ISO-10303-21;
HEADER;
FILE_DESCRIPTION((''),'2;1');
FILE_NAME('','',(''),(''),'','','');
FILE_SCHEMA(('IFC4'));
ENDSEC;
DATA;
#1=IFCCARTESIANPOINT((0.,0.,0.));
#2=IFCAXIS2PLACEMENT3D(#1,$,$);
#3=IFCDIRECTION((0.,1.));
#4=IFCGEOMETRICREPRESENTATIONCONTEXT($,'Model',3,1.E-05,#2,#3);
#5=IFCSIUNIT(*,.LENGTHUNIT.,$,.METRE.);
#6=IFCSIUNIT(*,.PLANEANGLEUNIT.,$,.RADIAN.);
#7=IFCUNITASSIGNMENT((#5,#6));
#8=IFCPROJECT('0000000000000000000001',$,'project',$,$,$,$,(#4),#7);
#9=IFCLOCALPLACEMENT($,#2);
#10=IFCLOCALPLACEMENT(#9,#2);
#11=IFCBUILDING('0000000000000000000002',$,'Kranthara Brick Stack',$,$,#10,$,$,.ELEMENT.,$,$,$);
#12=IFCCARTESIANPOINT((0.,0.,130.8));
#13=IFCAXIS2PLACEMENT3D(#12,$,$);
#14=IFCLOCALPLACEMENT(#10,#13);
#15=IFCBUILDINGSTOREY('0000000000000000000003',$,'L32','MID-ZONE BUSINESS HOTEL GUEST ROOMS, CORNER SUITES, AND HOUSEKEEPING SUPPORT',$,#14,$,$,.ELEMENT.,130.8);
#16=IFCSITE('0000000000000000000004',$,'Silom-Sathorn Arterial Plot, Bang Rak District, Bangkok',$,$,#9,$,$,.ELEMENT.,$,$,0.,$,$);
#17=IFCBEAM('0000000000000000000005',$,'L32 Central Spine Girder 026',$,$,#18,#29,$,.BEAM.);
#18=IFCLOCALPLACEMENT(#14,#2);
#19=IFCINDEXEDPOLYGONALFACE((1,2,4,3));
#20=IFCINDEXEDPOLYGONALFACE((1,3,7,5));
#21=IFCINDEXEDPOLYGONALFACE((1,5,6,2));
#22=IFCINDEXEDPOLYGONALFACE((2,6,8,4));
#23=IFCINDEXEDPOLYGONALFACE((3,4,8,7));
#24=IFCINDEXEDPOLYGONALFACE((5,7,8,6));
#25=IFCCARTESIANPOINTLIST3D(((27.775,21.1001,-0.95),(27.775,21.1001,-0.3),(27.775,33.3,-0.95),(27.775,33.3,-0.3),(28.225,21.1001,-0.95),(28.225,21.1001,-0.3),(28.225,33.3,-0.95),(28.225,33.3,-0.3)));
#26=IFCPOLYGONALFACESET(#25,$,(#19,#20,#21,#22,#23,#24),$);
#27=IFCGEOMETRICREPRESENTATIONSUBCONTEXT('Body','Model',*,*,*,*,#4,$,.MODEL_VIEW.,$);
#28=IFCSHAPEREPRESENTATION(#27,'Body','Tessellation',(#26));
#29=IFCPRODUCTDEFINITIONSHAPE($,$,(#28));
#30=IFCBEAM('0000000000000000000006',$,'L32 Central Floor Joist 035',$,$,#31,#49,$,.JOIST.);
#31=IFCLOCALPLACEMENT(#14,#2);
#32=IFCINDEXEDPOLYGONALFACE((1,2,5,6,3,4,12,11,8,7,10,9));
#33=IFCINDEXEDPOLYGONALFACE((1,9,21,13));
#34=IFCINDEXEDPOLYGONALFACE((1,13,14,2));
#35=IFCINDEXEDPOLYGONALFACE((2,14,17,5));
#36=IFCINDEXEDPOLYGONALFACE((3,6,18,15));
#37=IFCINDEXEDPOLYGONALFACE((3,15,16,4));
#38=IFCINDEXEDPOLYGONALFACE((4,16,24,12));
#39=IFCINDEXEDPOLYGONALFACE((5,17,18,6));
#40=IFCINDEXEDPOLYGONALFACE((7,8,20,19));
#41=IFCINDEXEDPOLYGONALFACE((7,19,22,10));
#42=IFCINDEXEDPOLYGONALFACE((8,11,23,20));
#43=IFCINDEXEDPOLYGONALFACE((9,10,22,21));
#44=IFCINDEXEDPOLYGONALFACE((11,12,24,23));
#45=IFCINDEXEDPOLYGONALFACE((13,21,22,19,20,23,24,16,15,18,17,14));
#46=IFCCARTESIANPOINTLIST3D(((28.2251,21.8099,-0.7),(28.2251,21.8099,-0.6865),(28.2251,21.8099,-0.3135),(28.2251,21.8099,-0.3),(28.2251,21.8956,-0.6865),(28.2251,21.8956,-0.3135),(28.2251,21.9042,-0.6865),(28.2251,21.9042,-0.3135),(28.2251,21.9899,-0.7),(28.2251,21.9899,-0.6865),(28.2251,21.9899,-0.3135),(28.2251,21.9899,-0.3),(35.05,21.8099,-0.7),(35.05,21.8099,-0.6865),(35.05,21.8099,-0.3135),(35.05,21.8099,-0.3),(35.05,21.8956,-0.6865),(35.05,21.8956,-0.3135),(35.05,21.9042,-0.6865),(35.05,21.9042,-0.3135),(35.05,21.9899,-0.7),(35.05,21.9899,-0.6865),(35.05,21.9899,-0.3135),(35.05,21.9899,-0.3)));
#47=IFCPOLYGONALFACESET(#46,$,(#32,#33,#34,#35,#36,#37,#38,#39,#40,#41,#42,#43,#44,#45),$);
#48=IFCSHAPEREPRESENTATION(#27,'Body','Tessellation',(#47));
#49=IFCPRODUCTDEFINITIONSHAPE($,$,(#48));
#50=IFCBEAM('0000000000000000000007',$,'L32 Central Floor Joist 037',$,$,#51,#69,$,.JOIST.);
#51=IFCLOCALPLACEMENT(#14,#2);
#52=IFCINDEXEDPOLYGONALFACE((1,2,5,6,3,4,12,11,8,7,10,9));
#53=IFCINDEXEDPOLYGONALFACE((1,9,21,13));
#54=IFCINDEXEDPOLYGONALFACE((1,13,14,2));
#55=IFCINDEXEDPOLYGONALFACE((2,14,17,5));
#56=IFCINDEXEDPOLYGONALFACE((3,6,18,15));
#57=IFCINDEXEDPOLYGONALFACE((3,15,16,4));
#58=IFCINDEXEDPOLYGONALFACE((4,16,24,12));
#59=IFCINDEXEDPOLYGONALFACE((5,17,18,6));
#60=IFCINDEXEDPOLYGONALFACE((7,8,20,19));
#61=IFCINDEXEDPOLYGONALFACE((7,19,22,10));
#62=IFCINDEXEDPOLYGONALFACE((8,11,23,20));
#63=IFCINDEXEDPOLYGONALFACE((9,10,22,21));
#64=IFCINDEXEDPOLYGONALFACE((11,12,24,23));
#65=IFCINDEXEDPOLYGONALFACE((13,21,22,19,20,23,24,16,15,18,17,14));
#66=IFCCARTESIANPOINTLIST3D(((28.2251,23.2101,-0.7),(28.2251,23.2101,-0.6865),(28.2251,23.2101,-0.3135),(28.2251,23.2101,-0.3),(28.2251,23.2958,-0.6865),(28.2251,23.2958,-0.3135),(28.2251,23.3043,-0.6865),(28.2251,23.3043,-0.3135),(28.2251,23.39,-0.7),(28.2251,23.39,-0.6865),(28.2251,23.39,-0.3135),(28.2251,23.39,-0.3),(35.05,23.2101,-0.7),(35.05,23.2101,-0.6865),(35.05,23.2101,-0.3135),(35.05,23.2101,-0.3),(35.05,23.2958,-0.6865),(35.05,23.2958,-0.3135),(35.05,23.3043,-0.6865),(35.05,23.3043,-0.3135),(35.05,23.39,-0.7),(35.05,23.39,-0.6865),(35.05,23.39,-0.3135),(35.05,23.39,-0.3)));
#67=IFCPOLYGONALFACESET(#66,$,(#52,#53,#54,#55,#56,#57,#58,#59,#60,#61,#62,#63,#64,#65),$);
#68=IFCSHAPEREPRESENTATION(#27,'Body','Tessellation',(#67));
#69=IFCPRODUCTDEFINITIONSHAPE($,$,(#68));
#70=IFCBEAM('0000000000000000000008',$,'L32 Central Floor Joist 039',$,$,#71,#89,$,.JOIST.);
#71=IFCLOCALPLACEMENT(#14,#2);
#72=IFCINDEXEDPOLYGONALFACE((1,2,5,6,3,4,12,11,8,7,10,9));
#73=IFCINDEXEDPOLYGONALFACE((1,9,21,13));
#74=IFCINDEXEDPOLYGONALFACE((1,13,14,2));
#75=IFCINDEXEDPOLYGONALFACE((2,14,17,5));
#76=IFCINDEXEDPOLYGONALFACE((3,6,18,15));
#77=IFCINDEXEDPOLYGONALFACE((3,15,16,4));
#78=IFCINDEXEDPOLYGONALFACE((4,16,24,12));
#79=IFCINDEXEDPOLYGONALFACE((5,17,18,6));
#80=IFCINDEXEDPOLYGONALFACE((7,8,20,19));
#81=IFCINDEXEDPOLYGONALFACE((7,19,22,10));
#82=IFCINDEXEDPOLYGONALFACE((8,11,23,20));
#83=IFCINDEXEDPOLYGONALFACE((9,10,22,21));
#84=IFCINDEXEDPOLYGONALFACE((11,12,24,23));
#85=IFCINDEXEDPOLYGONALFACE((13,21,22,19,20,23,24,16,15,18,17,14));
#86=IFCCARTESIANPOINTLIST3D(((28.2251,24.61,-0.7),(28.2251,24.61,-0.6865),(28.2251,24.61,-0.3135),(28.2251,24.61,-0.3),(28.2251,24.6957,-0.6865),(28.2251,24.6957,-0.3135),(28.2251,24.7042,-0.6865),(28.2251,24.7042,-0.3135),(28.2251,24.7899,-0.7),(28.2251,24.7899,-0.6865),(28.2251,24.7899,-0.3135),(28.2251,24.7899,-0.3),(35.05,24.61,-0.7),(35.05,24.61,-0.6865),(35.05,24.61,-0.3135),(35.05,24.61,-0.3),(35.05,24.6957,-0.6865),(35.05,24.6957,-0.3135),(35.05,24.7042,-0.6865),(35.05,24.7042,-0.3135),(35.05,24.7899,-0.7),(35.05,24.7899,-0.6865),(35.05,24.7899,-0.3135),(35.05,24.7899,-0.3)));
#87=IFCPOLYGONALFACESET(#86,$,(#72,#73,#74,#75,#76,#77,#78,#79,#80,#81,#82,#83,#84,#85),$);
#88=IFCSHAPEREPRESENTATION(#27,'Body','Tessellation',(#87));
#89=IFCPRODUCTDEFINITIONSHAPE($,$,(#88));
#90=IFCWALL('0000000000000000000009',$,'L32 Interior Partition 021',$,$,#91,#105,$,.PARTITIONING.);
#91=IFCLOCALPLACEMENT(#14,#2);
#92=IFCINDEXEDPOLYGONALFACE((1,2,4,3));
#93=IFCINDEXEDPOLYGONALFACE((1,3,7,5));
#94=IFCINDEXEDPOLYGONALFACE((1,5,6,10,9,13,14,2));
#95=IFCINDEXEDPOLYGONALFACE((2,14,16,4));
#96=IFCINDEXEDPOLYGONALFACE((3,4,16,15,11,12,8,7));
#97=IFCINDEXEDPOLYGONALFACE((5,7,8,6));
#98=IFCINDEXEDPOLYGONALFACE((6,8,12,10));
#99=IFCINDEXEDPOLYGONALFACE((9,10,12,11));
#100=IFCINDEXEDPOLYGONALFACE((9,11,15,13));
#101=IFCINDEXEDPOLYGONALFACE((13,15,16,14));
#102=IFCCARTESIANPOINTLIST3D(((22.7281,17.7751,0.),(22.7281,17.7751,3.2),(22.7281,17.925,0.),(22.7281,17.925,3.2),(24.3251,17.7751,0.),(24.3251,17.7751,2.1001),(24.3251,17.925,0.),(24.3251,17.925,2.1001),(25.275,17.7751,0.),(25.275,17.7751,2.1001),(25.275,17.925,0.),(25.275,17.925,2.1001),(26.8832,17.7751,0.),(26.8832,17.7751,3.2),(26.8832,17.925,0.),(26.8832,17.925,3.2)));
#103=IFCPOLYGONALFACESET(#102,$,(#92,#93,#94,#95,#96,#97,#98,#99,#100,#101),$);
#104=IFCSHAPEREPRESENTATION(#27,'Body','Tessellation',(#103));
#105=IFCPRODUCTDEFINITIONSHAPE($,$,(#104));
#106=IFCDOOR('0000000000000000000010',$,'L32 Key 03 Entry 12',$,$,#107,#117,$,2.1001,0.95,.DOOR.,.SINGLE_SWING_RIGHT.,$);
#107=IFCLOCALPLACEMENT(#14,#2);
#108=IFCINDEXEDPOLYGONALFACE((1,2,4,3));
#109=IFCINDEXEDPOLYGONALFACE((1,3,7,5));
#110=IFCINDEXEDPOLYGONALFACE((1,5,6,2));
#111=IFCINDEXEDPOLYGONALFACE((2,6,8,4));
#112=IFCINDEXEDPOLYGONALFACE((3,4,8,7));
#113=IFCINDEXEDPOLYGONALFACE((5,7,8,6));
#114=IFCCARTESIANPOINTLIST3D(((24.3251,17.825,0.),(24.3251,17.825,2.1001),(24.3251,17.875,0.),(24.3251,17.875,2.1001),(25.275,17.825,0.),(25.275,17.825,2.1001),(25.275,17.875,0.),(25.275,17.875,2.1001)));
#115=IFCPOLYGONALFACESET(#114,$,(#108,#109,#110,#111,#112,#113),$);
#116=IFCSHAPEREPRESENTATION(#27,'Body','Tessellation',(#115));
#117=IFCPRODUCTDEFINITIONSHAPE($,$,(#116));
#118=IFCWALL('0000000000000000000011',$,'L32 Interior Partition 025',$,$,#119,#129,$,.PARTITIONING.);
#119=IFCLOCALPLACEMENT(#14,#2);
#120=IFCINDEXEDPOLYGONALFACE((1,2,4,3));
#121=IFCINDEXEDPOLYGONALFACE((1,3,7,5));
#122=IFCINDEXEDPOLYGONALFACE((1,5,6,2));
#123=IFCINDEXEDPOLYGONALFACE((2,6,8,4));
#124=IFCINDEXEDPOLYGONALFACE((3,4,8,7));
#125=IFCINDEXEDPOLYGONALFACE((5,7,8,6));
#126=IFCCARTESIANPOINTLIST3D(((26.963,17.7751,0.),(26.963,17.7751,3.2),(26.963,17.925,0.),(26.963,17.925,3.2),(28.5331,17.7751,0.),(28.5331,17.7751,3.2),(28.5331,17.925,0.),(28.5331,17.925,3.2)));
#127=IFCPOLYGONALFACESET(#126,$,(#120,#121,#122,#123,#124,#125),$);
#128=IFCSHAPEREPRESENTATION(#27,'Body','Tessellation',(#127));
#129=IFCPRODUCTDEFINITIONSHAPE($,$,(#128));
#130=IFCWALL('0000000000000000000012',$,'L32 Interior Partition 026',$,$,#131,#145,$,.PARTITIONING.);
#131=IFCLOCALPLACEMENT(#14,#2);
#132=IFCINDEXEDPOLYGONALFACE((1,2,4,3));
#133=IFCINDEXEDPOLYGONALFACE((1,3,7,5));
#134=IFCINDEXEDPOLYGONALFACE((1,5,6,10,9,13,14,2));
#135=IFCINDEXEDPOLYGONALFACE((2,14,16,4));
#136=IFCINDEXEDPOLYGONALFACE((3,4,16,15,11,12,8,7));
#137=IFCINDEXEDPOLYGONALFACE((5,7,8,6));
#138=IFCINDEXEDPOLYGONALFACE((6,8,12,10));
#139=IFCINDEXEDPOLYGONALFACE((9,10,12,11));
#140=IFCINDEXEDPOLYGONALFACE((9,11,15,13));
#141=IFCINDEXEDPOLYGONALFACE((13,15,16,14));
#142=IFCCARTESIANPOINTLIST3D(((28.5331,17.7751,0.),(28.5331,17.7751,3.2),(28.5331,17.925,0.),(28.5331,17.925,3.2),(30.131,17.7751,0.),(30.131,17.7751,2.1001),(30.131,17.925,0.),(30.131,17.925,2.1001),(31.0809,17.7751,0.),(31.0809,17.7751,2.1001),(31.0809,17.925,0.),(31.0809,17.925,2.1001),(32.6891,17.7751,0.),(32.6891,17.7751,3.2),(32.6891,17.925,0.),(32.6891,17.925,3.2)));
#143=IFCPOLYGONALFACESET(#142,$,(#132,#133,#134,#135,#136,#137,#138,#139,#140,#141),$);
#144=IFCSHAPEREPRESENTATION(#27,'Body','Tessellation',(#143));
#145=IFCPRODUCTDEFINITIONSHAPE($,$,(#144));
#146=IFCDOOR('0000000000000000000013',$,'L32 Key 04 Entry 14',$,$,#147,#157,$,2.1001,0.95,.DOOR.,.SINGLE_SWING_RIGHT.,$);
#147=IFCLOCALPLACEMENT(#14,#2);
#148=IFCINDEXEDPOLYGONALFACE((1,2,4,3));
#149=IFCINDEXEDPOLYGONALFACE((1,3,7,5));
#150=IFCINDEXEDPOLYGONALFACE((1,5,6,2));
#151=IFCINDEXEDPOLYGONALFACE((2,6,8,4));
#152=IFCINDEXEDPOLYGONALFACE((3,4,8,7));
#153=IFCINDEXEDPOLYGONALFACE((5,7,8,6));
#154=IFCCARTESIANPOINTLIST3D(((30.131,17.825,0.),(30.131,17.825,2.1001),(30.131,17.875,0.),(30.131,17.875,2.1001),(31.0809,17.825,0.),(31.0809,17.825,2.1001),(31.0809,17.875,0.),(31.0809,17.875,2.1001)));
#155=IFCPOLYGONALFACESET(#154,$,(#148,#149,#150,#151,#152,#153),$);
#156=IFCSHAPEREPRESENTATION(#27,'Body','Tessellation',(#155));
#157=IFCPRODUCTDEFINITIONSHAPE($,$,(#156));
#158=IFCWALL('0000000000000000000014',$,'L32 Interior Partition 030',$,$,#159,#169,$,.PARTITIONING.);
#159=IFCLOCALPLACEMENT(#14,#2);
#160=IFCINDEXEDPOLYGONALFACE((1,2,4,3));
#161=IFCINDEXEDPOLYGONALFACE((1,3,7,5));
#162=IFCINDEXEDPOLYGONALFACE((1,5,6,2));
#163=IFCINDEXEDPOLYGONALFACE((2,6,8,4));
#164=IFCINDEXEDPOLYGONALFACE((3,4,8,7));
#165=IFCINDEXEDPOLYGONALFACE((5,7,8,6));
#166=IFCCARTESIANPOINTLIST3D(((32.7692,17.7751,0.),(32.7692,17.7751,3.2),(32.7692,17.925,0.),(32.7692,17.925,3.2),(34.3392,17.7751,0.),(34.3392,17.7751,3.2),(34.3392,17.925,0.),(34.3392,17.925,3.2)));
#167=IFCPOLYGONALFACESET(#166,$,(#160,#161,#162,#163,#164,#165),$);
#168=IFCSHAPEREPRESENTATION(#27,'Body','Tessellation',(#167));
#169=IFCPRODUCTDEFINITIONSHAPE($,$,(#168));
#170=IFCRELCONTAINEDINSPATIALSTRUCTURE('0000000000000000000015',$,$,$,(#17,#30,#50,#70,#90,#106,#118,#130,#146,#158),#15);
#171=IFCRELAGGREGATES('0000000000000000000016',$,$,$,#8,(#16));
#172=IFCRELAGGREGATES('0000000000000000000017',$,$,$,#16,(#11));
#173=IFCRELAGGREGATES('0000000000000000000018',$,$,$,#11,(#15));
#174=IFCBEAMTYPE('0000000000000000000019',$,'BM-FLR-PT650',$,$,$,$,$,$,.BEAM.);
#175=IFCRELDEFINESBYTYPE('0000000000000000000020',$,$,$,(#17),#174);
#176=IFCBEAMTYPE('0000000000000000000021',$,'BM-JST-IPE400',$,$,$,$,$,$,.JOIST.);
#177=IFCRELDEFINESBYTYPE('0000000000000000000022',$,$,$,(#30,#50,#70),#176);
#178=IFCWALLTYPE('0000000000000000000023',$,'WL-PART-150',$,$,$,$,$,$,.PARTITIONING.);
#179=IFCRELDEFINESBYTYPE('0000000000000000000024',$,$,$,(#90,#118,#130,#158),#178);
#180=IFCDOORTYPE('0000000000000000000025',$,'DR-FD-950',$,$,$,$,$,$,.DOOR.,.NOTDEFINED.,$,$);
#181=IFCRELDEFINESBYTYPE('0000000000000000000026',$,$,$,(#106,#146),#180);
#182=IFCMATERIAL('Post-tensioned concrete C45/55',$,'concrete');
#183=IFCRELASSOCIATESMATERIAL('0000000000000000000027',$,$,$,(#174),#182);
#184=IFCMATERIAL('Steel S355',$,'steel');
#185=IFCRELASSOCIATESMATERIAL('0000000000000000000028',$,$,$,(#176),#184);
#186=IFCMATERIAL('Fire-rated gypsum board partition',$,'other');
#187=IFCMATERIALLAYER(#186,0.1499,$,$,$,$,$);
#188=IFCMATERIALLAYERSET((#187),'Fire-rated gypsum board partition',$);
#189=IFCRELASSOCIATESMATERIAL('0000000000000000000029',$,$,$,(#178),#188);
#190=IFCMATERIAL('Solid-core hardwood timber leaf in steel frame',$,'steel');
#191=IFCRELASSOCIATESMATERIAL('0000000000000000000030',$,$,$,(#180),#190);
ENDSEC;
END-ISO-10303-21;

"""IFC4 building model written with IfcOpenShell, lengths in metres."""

from ifc_helpers import new_model, si_unit, direction, frame, frame_2d, origin, origin_2d, place, context, subcontext, project, spatial, rectangle, i_section, extrude, material, layer, layer_set, material_profile, profile_set, type_object, element, fill, save


model = new_model("IFC4")

# Units and contexts
model_context = context("Model", 3, precision=1e-05, world=origin(), true_north=direction((0.0, 1.0)))
body_context = subcontext(model_context, "Body", "Model", "MODEL_VIEW")
ifc_project = project(units=[si_unit("LENGTHUNIT", "METRE"), si_unit("PLANEANGLEUNIT", "RADIAN")], contexts=[model_context])

# Site, building, storey
site_placement = place(None, origin())
site = spatial("IfcSite", under=ifc_project, at=site_placement, Name="Silom-Sathorn Arterial Plot, Bang Rak District, Bangkok", CompositionType="ELEMENT", RefElevation=0.0)
building_placement = place(site_placement, origin())
building = spatial("IfcBuilding", under=site, at=building_placement, Name="Kranthara Brick Stack", CompositionType="ELEMENT")
storey_placement = place(building_placement, frame((0.0, 0.0, 130.8)))
storey = spatial("IfcBuildingStorey", under=building, at=storey_placement, Name="L32", Description="MID-ZONE BUSINESS HOTEL GUEST ROOMS, CORNER SUITES, AND HOUSEKEEPING SUPPORT", CompositionType="ELEMENT", Elevation=130.8)

# Beams
ifc_material_1 = material(Name="Post-tensioned concrete C45/55", Category="concrete")
ifc_material_profile_1 = material_profile(ifc_material_1, rectangle(XDim=0.45, YDim=0.6499, at=origin_2d()), Name="PT 450x650")
ifc_profile_set_1 = profile_set([ifc_material_profile_1], Name="Post-tensioned concrete C45/55")
beam_type_1 = type_object("IfcBeamType", Name="BM-FLR-PT650", PredefinedType="BEAM", material=ifc_profile_set_1)
beam_placement = place(storey_placement, frame((28.0, 21.1001, -0.625), z_axis=(0.0, 1.0, 0.0), x_axis=(-1.0, 0.0, 0.0)))
element("IfcBeam", 1, at=beam_placement, inside=storey, type_object=beam_type_1, Name="L32 Central Spine Girder 026", PredefinedType="BEAM", context=body_context, shape_type="SweptSolid", body=[
    extrude(rectangle(XDim=0.45, YDim=0.6499, at=origin_2d()), origin(), (0.0, 0.0, 1.0), 12.2),
])
ifc_material_2 = material(Name="Steel S355", Category="steel")
ifc_material_profile_2 = material_profile(ifc_material_2, i_section(OverallWidth=0.1799, OverallDepth=0.3999, WebThickness=0.0085, FlangeThickness=0.0134, at=origin_2d()), Name="IPE 400")
ifc_profile_set_2 = profile_set([ifc_material_profile_2], Name="Steel S355")
beam_type_2 = type_object("IfcBeamType", Name="BM-JST-IPE400", PredefinedType="JOIST", material=ifc_profile_set_2)
for number, where, z_axis, x_axis, name in (
    (2, (28.2251, 21.8999, -0.5), (1.0, 0.0, 0.0), (0.0, 1.0, 0.0), "L32 Central Floor Joist 035"),
    (3, (28.2251, 23.3, -0.5), (1.0, 0.0, 0.0), (0.0, 1.0, 0.0), "L32 Central Floor Joist 037"),
    (4, (28.2251, 24.7, -0.5), (1.0, 0.0, 0.0), (0.0, 1.0, 0.0), "L32 Central Floor Joist 039"),
):
    element("IfcBeam", number, at=place(storey_placement, frame(where, z_axis=z_axis, x_axis=x_axis)), inside=storey, type_object=beam_type_2, Name=name, PredefinedType="JOIST", context=body_context, shape_type="SweptSolid", body=[
        extrude(i_section(OverallWidth=0.1799, OverallDepth=0.3999, WebThickness=0.0085, FlangeThickness=0.0134, at=origin_2d()), origin(), (0.0, 0.0, 1.0), 6.825),
    ])

# Wall, opening, door
ifc_material_3 = material(Name="Fire-rated gypsum board partition", Category="other")
ifc_layer = layer(ifc_material_3, 0.1499)
ifc_layer_set = layer_set([ifc_layer], Name="Fire-rated gypsum board partition")
wall_type = type_object("IfcWallType", Name="WL-PART-150", PredefinedType="PARTITIONING", material=ifc_layer_set)
wall_1_placement = place(storey_placement, frame((22.728, 17.8501, 0.0), z_axis=(0.0, 0.0, 1.0), x_axis=(1.0, 0.0, 0.0)))
wall_1 = element("IfcWall", 5, at=wall_1_placement, inside=storey, type_object=wall_type, Name="L32 Interior Partition 021", PredefinedType="PARTITIONING", context=body_context, shape_type="SweptSolid", body=[
    extrude(rectangle(XDim=4.155, YDim=0.1499, at=frame_2d((2.0776, 0.0))), origin(), (0.0, 0.0, 1.0), 3.2),
])
opening_1_placement = place(wall_1_placement, frame((1.5969, 0.0, 0.0)))
opening_1 = element("IfcOpeningElement", 6, at=opening_1_placement, cuts=wall_1, PredefinedType="OPENING", context=body_context, shape_type="SweptSolid", body=[
    extrude(rectangle(XDim=0.95, YDim=2.1001, at=frame_2d((0.4751, 1.05))), frame((0.0, 0.085, 0.0), z_axis=(0.0, -1.0, 0.0), x_axis=(1.0, 0.0, 0.0)), (0.0, 0.0, 1.0), 0.1699),
])
ifc_material_4 = material(Name="Solid-core hardwood timber leaf in steel frame", Category="steel")
door_type = type_object("IfcDoorType", Name="DR-FD-950", OperationType="NOTDEFINED", PredefinedType="DOOR", material=ifc_material_4)
door_1_placement = place(opening_1_placement, origin())
door_1 = element("IfcDoor", 7, at=door_1_placement, inside=storey, type_object=door_type, Name="L32 Key 03 Entry 12", OperationType="SINGLE_SWING_RIGHT", OverallHeight=2.1001, OverallWidth=0.95, PredefinedType="DOOR", context=body_context, shape_type="SweptSolid", body=[
    extrude(rectangle(XDim=0.95, YDim=2.1001, at=frame_2d((0.4751, 1.05))), frame((0.0, 0.0249, 0.0), z_axis=(0.0, -1.0, 0.0), x_axis=(1.0, 0.0, 0.0)), (0.0, 0.0, 1.0), 0.05),
])
fill(opening_1, door_1)

# Wall
wall_2_placement = place(storey_placement, frame((26.9629, 17.8501, 0.0), z_axis=(0.0, 0.0, 1.0), x_axis=(1.0, 0.0, 0.0)))
element("IfcWall", 8, at=wall_2_placement, inside=storey, type_object=wall_type, Name="L32 Interior Partition 025", PredefinedType="PARTITIONING", context=body_context, shape_type="SweptSolid", body=[
    extrude(rectangle(XDim=1.5701, YDim=0.1499, at=frame_2d((0.7852, 0.0))), origin(), (0.0, 0.0, 1.0), 3.2),
])

# Wall, opening, door
wall_3_placement = place(storey_placement, frame((28.533, 17.8501, 0.0), z_axis=(0.0, 0.0, 1.0), x_axis=(1.0, 0.0, 0.0)))
wall_3 = element("IfcWall", 9, at=wall_3_placement, inside=storey, type_object=wall_type, Name="L32 Interior Partition 026", PredefinedType="PARTITIONING", context=body_context, shape_type="SweptSolid", body=[
    extrude(rectangle(XDim=4.156, YDim=0.1499, at=frame_2d((2.0781, 0.0))), origin(), (0.0, 0.0, 1.0), 3.2),
])
opening_2_placement = place(wall_3_placement, frame((1.5979, 0.0, 0.0)))
opening_2 = element("IfcOpeningElement", 10, at=opening_2_placement, cuts=wall_3, PredefinedType="OPENING", context=body_context, shape_type="SweptSolid", body=[
    extrude(rectangle(XDim=0.95, YDim=2.1001, at=frame_2d((0.4751, 1.05))), frame((0.0, 0.085, 0.0), z_axis=(0.0, -1.0, 0.0), x_axis=(1.0, 0.0, 0.0)), (0.0, 0.0, 1.0), 0.1699),
])
door_2_placement = place(opening_2_placement, origin())
door_2 = element("IfcDoor", 11, at=door_2_placement, inside=storey, type_object=door_type, Name="L32 Key 04 Entry 14", OperationType="SINGLE_SWING_RIGHT", OverallHeight=2.1001, OverallWidth=0.95, PredefinedType="DOOR", context=body_context, shape_type="SweptSolid", body=[
    extrude(rectangle(XDim=0.95, YDim=2.1001, at=frame_2d((0.4751, 1.05))), frame((0.0, 0.0249, 0.0), z_axis=(0.0, -1.0, 0.0), x_axis=(1.0, 0.0, 0.0)), (0.0, 0.0, 1.0), 0.05),
])
fill(opening_2, door_2)

# Wall
wall_4_placement = place(storey_placement, frame((32.769, 17.8501, 0.0), z_axis=(0.0, 0.0, 1.0), x_axis=(1.0, 0.0, 0.0)))
element("IfcWall", 12, at=wall_4_placement, inside=storey, type_object=wall_type, Name="L32 Interior Partition 030", PredefinedType="PARTITIONING", context=body_context, shape_type="SweptSolid", body=[
    extrude(rectangle(XDim=1.5701, YDim=0.1499, at=frame_2d((0.7852, 0.0))), origin(), (0.0, 0.0, 1.0), 3.2),
])

save(model, "model.ifc")
